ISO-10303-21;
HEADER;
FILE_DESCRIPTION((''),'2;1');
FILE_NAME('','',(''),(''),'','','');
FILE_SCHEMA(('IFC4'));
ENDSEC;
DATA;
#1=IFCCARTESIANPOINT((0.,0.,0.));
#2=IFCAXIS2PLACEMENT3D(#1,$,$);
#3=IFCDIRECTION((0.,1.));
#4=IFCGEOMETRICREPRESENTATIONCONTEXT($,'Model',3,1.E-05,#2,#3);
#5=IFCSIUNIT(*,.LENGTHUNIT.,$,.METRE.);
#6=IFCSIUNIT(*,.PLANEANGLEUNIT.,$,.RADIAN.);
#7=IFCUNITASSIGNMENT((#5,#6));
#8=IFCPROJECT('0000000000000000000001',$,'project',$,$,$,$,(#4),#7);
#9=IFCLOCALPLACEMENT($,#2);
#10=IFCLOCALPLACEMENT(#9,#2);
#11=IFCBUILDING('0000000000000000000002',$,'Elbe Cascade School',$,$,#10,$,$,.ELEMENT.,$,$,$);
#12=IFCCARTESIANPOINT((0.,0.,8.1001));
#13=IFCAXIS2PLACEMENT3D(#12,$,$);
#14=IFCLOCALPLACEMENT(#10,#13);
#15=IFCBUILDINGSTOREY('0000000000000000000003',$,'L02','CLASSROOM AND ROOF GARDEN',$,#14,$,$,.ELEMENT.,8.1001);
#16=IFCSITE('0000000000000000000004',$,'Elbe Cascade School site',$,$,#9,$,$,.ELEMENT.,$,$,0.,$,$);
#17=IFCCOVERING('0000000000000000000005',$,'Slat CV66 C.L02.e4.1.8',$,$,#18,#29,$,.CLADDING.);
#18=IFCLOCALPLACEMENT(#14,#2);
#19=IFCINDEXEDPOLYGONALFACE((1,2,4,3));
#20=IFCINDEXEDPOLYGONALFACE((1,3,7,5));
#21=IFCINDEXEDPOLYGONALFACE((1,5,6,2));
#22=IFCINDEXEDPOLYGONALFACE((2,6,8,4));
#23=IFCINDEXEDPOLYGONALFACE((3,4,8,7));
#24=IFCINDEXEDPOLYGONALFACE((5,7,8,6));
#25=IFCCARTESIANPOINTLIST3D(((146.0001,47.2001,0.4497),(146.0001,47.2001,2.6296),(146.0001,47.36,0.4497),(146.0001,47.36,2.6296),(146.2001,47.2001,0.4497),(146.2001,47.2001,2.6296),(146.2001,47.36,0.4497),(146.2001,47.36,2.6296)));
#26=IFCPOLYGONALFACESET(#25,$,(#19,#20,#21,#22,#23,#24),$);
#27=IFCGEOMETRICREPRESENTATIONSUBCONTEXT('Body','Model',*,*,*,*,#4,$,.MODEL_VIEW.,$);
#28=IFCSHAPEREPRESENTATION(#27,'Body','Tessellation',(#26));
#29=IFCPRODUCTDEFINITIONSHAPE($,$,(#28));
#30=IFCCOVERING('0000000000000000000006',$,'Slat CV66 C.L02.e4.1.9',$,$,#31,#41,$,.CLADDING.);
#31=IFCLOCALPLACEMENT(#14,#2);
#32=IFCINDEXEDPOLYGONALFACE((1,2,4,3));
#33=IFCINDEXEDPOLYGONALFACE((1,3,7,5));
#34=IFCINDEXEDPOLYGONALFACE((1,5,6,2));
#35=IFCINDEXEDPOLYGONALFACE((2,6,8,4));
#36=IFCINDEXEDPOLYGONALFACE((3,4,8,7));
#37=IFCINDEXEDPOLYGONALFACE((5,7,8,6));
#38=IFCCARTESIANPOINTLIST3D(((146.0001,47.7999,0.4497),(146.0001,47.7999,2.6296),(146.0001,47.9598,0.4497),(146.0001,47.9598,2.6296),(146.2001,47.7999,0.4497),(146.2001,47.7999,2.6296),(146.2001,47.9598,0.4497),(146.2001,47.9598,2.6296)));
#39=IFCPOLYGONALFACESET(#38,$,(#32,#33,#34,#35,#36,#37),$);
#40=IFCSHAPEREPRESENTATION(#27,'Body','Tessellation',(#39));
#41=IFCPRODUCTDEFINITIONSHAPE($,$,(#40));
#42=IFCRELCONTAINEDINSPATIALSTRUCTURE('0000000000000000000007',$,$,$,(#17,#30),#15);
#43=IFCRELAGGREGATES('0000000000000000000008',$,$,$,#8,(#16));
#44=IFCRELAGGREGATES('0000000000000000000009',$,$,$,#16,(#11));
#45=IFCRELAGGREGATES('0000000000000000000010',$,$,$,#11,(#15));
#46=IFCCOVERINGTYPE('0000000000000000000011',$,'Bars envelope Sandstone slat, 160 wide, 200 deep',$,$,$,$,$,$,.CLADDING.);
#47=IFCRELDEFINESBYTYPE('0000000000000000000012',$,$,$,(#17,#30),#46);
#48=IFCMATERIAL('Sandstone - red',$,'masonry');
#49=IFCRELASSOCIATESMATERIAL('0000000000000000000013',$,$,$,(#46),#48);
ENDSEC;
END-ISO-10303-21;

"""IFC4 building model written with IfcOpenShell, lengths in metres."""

from ifc_helpers import new_model, si_unit, direction, frame, origin, origin_2d, place, context, subcontext, project, spatial, rectangle, extrude, material, type_object, element, save


model = new_model("IFC4")

# Units and contexts
model_context = context("Model", 3, precision=1e-05, world=origin(), true_north=direction((0.0, 1.0)))
body_context = subcontext(model_context, "Body", "Model", "MODEL_VIEW")
ifc_project = project(units=[si_unit("LENGTHUNIT", "METRE"), si_unit("PLANEANGLEUNIT", "RADIAN")], contexts=[model_context])

# Site, building, storey
site_placement = place(None, origin())
site = spatial("IfcSite", under=ifc_project, at=site_placement, Name="Elbe Cascade School site", CompositionType="ELEMENT", RefElevation=0.0)
building_placement = place(site_placement, origin())
building = spatial("IfcBuilding", under=site, at=building_placement, Name="Elbe Cascade School", CompositionType="ELEMENT")
storey_placement = place(building_placement, frame((0.0, 0.0, 8.1001)))
storey = spatial("IfcBuildingStorey", under=building, at=storey_placement, Name="L02", Description="CLASSROOM AND ROOF GARDEN", CompositionType="ELEMENT", Elevation=8.1001)

# Coverings
ifc_material_1 = material(Name="Sandstone - red", Category="masonry")
covering_type_1 = type_object("IfcCoveringType", Name="Bars envelope Sandstone slat, 160 wide, 200 deep", PredefinedType="CLADDING", material=ifc_material_1)
for number, where, z_axis, x_axis, name in (
    (1, (146.1001, 47.28, 0.4497), (0.0, 0.0, 1.0), (0.0, 1.0, 0.0), "Slat CV66 C.L02.e4.1.8"),
    (2, (146.1001, 47.8799, 0.4497), (0.0, 0.0, 1.0), (0.0, 1.0, 0.0), "Slat CV66 C.L02.e4.1.9"),
):
    element("IfcCovering", number, at=place(storey_placement, frame(where, z_axis=z_axis, x_axis=x_axis)), inside=storey, type_object=covering_type_1, Name=name, PredefinedType="CLADDING", context=body_context, shape_type="SweptSolid", body=[
        extrude(rectangle(XDim=0.1599, YDim=0.2, at=origin_2d()), origin(), (0.0, 0.0, 1.0), 2.1799),
    ])

save(model, "model.ifc")
